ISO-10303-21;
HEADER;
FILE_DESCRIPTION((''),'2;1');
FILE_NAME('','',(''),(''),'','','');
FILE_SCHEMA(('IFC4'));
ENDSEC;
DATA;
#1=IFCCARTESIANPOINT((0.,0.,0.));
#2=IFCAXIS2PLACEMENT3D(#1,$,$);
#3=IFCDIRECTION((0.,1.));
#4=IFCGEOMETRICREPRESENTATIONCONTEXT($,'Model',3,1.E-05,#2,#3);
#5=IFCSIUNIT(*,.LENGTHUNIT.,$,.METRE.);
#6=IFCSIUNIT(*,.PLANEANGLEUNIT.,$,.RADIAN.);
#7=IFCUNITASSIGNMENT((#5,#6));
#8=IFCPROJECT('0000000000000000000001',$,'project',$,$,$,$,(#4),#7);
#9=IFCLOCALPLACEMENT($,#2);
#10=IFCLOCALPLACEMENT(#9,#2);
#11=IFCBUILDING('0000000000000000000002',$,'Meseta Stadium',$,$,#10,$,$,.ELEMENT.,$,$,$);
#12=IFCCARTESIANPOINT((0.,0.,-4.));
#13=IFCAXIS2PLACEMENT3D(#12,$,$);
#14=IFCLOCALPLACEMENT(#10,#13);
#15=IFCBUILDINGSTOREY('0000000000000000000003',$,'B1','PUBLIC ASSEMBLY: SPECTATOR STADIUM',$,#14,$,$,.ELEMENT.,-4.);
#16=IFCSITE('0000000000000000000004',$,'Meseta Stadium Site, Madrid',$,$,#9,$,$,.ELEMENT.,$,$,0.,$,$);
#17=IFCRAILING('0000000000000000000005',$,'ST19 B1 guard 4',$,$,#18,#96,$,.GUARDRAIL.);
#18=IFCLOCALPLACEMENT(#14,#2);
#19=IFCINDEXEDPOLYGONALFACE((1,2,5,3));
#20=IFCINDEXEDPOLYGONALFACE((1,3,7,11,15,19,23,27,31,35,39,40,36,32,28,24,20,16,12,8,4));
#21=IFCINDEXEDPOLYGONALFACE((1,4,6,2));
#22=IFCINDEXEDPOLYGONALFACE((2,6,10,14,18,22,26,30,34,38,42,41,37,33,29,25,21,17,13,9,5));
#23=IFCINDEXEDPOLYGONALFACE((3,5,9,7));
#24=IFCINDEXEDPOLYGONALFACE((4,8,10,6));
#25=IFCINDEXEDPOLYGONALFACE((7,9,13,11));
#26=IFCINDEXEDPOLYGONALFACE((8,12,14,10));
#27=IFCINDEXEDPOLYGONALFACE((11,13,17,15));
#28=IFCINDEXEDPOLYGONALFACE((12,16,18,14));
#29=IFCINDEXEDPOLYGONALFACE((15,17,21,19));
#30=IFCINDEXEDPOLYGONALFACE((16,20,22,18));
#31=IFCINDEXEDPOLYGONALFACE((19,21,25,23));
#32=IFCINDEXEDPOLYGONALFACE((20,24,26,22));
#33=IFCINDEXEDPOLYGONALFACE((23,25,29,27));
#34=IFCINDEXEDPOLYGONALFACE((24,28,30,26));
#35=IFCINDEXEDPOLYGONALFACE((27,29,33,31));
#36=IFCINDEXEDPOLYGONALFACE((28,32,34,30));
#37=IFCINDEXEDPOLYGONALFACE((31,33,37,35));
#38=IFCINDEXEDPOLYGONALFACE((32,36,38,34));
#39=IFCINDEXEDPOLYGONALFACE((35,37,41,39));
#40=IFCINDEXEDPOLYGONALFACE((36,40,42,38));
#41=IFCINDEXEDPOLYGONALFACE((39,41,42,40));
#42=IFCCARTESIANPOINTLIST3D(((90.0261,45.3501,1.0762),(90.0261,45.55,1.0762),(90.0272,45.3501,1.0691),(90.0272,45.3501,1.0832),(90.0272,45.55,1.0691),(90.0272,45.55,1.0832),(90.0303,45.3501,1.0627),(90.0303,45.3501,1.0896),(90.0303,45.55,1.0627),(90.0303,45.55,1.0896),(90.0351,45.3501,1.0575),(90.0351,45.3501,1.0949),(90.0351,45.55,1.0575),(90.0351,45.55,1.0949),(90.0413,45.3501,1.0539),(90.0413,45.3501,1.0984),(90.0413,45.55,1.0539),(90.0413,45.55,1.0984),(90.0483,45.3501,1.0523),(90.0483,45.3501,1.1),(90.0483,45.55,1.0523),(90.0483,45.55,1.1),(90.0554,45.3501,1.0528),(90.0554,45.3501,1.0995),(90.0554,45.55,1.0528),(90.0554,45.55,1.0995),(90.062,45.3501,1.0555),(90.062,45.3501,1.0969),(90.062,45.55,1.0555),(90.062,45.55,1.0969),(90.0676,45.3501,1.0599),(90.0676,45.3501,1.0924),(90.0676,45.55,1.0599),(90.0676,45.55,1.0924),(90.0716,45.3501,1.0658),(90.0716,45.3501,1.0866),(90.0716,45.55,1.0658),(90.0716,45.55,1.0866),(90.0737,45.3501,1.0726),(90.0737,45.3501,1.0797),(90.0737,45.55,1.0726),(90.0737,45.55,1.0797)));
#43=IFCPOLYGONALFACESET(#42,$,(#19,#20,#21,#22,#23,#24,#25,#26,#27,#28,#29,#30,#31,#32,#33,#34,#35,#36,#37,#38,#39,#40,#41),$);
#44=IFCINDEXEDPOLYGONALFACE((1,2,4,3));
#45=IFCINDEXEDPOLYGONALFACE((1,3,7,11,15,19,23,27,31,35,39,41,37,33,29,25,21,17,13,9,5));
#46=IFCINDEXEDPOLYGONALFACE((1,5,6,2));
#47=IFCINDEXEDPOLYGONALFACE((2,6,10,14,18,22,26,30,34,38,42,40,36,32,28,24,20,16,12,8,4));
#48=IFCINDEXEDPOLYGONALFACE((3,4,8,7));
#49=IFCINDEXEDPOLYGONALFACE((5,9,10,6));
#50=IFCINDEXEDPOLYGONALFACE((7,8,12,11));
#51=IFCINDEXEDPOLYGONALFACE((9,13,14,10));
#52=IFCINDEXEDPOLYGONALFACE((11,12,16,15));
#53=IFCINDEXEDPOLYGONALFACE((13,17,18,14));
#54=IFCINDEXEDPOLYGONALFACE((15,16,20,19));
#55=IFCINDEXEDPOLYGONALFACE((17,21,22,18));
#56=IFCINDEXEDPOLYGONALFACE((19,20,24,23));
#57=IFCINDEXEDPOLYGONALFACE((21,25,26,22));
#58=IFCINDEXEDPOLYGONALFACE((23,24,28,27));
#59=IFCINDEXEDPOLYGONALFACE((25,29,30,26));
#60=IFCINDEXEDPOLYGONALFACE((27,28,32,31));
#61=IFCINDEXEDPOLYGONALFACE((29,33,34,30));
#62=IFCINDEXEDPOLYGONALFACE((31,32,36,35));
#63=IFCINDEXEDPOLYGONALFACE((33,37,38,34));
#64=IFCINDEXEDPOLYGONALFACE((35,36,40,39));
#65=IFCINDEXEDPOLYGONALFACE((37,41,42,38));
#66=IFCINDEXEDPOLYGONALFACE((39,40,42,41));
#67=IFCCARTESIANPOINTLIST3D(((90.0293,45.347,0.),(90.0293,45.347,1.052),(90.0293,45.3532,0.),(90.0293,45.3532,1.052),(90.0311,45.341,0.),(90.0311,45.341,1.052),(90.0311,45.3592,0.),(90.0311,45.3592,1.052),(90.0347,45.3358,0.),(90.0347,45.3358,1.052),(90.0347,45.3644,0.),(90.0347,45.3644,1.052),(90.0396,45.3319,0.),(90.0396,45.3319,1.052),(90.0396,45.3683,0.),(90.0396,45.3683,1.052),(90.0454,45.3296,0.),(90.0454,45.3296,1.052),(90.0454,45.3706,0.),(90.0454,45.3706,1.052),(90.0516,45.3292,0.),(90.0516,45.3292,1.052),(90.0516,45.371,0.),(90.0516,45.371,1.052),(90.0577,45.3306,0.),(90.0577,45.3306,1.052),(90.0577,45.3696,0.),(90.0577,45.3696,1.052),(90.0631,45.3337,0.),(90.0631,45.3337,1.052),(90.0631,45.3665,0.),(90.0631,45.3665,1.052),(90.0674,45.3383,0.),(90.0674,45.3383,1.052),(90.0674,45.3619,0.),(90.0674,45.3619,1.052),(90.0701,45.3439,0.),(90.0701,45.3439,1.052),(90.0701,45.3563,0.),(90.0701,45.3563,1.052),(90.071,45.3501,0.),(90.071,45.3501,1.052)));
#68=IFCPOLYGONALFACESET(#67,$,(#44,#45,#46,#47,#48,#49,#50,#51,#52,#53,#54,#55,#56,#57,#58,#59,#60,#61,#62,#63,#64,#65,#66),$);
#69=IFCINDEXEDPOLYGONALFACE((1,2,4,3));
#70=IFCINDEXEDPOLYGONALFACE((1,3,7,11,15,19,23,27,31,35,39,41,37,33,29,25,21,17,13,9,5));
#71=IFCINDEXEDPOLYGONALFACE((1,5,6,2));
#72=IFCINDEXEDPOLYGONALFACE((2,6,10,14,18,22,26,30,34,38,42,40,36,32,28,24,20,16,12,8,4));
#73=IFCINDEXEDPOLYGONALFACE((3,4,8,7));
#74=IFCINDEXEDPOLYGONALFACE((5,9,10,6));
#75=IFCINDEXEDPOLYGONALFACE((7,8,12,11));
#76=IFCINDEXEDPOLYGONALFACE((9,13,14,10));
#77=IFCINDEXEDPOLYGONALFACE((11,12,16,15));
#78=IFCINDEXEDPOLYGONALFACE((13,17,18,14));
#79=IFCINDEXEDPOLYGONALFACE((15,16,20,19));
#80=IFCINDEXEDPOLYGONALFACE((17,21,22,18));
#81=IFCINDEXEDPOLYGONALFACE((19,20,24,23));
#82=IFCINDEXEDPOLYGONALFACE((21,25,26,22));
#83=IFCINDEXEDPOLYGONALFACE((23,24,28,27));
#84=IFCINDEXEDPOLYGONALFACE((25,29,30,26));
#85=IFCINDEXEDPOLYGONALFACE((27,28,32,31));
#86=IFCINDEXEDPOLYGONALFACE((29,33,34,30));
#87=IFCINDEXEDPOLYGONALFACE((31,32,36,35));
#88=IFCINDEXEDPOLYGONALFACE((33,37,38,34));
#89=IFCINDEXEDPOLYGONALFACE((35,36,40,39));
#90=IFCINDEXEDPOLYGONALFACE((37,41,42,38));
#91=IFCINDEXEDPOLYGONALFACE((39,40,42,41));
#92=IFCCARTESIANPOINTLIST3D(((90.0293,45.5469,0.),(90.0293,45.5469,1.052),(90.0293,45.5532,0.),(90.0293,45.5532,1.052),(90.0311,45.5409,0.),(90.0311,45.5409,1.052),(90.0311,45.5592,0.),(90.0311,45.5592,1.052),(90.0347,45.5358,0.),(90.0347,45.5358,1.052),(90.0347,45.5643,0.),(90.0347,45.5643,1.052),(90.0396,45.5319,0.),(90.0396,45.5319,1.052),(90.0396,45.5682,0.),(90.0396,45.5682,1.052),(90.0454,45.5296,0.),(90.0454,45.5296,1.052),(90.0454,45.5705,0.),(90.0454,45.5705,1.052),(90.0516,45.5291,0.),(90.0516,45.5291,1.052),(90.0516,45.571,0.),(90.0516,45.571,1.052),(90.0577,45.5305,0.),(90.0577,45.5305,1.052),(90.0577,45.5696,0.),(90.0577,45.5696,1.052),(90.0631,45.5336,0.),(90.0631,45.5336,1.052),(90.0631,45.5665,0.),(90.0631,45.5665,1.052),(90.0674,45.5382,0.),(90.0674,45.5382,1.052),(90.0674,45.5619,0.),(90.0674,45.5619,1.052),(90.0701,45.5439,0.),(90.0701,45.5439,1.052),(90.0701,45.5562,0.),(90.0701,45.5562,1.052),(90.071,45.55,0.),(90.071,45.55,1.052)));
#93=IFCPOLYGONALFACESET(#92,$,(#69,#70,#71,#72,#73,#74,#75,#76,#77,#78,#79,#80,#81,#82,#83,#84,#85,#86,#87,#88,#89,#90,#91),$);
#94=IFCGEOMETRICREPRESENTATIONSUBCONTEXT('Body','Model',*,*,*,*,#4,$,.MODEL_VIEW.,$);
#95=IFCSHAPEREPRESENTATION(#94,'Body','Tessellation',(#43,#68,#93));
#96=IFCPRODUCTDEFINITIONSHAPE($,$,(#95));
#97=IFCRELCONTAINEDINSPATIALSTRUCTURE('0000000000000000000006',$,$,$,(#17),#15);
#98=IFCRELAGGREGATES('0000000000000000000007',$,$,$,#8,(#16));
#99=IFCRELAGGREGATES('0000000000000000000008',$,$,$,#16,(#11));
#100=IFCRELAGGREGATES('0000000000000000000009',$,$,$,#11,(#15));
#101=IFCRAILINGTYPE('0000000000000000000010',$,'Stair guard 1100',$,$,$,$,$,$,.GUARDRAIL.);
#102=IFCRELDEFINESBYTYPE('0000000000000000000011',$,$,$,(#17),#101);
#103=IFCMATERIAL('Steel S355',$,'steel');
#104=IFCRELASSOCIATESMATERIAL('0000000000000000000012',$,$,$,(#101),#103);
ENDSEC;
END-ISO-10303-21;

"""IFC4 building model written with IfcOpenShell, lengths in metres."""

from ifc_helpers import new_model, si_unit, direction, frame, origin, origin_2d, place, context, subcontext, project, spatial, circle, extrude, material, type_object, element, save


model = new_model("IFC4")

# Units and contexts
model_context = context("Model", 3, precision=1e-05, world=origin(), true_north=direction((0.0, 1.0)))
body_context = subcontext(model_context, "Body", "Model", "MODEL_VIEW")
ifc_project = project(units=[si_unit("LENGTHUNIT", "METRE"), si_unit("PLANEANGLEUNIT", "RADIAN")], contexts=[model_context])

# Site, building, storey
site_placement = place(None, origin())
site = spatial("IfcSite", under=ifc_project, at=site_placement, Name="Meseta Stadium Site, Madrid", CompositionType="ELEMENT", RefElevation=0.0)
building_placement = place(site_placement, origin())
building = spatial("IfcBuilding", under=site, at=building_placement, Name="Meseta Stadium", CompositionType="ELEMENT")
storey_placement = place(building_placement, frame((0.0, 0.0, -4.0)))
storey = spatial("IfcBuildingStorey", under=building, at=storey_placement, Name="B1", Description="PUBLIC ASSEMBLY: SPECTATOR STADIUM", CompositionType="ELEMENT", Elevation=-4.0)

# Railing
ifc_material_1 = material(Name="Steel S355", Category="steel")
railing_type_1 = type_object("IfcRailingType", Name="Stair guard 1100", PredefinedType="GUARDRAIL", material=ifc_material_1)
railing_1_placement = place(storey_placement, frame((90.05, 45.3501, 0.0)))
element("IfcRailing", 1, at=railing_1_placement, inside=storey, type_object=railing_type_1, Name="ST19 B1 guard 4", PredefinedType="GUARDRAIL", context=body_context, shape_type="SweptSolid", body=[
    extrude(circle(Radius=0.0239, at=origin_2d()), frame((0.0, 0.0, 1.0762), z_axis=(0.0, 1.0, 0.0), x_axis=(-1.0, 0.0, 0.0)), (0.0, 0.0, 1.0), 0.2),
    extrude(circle(Radius=0.021, at=origin_2d()), origin(), (0.0, 0.0, 1.0), 1.052),
    extrude(circle(Radius=0.021, at=origin_2d()), frame((0.0, 0.2, 0.0)), (0.0, 0.0, 1.0), 1.052),
])

save(model, "model.ifc")
